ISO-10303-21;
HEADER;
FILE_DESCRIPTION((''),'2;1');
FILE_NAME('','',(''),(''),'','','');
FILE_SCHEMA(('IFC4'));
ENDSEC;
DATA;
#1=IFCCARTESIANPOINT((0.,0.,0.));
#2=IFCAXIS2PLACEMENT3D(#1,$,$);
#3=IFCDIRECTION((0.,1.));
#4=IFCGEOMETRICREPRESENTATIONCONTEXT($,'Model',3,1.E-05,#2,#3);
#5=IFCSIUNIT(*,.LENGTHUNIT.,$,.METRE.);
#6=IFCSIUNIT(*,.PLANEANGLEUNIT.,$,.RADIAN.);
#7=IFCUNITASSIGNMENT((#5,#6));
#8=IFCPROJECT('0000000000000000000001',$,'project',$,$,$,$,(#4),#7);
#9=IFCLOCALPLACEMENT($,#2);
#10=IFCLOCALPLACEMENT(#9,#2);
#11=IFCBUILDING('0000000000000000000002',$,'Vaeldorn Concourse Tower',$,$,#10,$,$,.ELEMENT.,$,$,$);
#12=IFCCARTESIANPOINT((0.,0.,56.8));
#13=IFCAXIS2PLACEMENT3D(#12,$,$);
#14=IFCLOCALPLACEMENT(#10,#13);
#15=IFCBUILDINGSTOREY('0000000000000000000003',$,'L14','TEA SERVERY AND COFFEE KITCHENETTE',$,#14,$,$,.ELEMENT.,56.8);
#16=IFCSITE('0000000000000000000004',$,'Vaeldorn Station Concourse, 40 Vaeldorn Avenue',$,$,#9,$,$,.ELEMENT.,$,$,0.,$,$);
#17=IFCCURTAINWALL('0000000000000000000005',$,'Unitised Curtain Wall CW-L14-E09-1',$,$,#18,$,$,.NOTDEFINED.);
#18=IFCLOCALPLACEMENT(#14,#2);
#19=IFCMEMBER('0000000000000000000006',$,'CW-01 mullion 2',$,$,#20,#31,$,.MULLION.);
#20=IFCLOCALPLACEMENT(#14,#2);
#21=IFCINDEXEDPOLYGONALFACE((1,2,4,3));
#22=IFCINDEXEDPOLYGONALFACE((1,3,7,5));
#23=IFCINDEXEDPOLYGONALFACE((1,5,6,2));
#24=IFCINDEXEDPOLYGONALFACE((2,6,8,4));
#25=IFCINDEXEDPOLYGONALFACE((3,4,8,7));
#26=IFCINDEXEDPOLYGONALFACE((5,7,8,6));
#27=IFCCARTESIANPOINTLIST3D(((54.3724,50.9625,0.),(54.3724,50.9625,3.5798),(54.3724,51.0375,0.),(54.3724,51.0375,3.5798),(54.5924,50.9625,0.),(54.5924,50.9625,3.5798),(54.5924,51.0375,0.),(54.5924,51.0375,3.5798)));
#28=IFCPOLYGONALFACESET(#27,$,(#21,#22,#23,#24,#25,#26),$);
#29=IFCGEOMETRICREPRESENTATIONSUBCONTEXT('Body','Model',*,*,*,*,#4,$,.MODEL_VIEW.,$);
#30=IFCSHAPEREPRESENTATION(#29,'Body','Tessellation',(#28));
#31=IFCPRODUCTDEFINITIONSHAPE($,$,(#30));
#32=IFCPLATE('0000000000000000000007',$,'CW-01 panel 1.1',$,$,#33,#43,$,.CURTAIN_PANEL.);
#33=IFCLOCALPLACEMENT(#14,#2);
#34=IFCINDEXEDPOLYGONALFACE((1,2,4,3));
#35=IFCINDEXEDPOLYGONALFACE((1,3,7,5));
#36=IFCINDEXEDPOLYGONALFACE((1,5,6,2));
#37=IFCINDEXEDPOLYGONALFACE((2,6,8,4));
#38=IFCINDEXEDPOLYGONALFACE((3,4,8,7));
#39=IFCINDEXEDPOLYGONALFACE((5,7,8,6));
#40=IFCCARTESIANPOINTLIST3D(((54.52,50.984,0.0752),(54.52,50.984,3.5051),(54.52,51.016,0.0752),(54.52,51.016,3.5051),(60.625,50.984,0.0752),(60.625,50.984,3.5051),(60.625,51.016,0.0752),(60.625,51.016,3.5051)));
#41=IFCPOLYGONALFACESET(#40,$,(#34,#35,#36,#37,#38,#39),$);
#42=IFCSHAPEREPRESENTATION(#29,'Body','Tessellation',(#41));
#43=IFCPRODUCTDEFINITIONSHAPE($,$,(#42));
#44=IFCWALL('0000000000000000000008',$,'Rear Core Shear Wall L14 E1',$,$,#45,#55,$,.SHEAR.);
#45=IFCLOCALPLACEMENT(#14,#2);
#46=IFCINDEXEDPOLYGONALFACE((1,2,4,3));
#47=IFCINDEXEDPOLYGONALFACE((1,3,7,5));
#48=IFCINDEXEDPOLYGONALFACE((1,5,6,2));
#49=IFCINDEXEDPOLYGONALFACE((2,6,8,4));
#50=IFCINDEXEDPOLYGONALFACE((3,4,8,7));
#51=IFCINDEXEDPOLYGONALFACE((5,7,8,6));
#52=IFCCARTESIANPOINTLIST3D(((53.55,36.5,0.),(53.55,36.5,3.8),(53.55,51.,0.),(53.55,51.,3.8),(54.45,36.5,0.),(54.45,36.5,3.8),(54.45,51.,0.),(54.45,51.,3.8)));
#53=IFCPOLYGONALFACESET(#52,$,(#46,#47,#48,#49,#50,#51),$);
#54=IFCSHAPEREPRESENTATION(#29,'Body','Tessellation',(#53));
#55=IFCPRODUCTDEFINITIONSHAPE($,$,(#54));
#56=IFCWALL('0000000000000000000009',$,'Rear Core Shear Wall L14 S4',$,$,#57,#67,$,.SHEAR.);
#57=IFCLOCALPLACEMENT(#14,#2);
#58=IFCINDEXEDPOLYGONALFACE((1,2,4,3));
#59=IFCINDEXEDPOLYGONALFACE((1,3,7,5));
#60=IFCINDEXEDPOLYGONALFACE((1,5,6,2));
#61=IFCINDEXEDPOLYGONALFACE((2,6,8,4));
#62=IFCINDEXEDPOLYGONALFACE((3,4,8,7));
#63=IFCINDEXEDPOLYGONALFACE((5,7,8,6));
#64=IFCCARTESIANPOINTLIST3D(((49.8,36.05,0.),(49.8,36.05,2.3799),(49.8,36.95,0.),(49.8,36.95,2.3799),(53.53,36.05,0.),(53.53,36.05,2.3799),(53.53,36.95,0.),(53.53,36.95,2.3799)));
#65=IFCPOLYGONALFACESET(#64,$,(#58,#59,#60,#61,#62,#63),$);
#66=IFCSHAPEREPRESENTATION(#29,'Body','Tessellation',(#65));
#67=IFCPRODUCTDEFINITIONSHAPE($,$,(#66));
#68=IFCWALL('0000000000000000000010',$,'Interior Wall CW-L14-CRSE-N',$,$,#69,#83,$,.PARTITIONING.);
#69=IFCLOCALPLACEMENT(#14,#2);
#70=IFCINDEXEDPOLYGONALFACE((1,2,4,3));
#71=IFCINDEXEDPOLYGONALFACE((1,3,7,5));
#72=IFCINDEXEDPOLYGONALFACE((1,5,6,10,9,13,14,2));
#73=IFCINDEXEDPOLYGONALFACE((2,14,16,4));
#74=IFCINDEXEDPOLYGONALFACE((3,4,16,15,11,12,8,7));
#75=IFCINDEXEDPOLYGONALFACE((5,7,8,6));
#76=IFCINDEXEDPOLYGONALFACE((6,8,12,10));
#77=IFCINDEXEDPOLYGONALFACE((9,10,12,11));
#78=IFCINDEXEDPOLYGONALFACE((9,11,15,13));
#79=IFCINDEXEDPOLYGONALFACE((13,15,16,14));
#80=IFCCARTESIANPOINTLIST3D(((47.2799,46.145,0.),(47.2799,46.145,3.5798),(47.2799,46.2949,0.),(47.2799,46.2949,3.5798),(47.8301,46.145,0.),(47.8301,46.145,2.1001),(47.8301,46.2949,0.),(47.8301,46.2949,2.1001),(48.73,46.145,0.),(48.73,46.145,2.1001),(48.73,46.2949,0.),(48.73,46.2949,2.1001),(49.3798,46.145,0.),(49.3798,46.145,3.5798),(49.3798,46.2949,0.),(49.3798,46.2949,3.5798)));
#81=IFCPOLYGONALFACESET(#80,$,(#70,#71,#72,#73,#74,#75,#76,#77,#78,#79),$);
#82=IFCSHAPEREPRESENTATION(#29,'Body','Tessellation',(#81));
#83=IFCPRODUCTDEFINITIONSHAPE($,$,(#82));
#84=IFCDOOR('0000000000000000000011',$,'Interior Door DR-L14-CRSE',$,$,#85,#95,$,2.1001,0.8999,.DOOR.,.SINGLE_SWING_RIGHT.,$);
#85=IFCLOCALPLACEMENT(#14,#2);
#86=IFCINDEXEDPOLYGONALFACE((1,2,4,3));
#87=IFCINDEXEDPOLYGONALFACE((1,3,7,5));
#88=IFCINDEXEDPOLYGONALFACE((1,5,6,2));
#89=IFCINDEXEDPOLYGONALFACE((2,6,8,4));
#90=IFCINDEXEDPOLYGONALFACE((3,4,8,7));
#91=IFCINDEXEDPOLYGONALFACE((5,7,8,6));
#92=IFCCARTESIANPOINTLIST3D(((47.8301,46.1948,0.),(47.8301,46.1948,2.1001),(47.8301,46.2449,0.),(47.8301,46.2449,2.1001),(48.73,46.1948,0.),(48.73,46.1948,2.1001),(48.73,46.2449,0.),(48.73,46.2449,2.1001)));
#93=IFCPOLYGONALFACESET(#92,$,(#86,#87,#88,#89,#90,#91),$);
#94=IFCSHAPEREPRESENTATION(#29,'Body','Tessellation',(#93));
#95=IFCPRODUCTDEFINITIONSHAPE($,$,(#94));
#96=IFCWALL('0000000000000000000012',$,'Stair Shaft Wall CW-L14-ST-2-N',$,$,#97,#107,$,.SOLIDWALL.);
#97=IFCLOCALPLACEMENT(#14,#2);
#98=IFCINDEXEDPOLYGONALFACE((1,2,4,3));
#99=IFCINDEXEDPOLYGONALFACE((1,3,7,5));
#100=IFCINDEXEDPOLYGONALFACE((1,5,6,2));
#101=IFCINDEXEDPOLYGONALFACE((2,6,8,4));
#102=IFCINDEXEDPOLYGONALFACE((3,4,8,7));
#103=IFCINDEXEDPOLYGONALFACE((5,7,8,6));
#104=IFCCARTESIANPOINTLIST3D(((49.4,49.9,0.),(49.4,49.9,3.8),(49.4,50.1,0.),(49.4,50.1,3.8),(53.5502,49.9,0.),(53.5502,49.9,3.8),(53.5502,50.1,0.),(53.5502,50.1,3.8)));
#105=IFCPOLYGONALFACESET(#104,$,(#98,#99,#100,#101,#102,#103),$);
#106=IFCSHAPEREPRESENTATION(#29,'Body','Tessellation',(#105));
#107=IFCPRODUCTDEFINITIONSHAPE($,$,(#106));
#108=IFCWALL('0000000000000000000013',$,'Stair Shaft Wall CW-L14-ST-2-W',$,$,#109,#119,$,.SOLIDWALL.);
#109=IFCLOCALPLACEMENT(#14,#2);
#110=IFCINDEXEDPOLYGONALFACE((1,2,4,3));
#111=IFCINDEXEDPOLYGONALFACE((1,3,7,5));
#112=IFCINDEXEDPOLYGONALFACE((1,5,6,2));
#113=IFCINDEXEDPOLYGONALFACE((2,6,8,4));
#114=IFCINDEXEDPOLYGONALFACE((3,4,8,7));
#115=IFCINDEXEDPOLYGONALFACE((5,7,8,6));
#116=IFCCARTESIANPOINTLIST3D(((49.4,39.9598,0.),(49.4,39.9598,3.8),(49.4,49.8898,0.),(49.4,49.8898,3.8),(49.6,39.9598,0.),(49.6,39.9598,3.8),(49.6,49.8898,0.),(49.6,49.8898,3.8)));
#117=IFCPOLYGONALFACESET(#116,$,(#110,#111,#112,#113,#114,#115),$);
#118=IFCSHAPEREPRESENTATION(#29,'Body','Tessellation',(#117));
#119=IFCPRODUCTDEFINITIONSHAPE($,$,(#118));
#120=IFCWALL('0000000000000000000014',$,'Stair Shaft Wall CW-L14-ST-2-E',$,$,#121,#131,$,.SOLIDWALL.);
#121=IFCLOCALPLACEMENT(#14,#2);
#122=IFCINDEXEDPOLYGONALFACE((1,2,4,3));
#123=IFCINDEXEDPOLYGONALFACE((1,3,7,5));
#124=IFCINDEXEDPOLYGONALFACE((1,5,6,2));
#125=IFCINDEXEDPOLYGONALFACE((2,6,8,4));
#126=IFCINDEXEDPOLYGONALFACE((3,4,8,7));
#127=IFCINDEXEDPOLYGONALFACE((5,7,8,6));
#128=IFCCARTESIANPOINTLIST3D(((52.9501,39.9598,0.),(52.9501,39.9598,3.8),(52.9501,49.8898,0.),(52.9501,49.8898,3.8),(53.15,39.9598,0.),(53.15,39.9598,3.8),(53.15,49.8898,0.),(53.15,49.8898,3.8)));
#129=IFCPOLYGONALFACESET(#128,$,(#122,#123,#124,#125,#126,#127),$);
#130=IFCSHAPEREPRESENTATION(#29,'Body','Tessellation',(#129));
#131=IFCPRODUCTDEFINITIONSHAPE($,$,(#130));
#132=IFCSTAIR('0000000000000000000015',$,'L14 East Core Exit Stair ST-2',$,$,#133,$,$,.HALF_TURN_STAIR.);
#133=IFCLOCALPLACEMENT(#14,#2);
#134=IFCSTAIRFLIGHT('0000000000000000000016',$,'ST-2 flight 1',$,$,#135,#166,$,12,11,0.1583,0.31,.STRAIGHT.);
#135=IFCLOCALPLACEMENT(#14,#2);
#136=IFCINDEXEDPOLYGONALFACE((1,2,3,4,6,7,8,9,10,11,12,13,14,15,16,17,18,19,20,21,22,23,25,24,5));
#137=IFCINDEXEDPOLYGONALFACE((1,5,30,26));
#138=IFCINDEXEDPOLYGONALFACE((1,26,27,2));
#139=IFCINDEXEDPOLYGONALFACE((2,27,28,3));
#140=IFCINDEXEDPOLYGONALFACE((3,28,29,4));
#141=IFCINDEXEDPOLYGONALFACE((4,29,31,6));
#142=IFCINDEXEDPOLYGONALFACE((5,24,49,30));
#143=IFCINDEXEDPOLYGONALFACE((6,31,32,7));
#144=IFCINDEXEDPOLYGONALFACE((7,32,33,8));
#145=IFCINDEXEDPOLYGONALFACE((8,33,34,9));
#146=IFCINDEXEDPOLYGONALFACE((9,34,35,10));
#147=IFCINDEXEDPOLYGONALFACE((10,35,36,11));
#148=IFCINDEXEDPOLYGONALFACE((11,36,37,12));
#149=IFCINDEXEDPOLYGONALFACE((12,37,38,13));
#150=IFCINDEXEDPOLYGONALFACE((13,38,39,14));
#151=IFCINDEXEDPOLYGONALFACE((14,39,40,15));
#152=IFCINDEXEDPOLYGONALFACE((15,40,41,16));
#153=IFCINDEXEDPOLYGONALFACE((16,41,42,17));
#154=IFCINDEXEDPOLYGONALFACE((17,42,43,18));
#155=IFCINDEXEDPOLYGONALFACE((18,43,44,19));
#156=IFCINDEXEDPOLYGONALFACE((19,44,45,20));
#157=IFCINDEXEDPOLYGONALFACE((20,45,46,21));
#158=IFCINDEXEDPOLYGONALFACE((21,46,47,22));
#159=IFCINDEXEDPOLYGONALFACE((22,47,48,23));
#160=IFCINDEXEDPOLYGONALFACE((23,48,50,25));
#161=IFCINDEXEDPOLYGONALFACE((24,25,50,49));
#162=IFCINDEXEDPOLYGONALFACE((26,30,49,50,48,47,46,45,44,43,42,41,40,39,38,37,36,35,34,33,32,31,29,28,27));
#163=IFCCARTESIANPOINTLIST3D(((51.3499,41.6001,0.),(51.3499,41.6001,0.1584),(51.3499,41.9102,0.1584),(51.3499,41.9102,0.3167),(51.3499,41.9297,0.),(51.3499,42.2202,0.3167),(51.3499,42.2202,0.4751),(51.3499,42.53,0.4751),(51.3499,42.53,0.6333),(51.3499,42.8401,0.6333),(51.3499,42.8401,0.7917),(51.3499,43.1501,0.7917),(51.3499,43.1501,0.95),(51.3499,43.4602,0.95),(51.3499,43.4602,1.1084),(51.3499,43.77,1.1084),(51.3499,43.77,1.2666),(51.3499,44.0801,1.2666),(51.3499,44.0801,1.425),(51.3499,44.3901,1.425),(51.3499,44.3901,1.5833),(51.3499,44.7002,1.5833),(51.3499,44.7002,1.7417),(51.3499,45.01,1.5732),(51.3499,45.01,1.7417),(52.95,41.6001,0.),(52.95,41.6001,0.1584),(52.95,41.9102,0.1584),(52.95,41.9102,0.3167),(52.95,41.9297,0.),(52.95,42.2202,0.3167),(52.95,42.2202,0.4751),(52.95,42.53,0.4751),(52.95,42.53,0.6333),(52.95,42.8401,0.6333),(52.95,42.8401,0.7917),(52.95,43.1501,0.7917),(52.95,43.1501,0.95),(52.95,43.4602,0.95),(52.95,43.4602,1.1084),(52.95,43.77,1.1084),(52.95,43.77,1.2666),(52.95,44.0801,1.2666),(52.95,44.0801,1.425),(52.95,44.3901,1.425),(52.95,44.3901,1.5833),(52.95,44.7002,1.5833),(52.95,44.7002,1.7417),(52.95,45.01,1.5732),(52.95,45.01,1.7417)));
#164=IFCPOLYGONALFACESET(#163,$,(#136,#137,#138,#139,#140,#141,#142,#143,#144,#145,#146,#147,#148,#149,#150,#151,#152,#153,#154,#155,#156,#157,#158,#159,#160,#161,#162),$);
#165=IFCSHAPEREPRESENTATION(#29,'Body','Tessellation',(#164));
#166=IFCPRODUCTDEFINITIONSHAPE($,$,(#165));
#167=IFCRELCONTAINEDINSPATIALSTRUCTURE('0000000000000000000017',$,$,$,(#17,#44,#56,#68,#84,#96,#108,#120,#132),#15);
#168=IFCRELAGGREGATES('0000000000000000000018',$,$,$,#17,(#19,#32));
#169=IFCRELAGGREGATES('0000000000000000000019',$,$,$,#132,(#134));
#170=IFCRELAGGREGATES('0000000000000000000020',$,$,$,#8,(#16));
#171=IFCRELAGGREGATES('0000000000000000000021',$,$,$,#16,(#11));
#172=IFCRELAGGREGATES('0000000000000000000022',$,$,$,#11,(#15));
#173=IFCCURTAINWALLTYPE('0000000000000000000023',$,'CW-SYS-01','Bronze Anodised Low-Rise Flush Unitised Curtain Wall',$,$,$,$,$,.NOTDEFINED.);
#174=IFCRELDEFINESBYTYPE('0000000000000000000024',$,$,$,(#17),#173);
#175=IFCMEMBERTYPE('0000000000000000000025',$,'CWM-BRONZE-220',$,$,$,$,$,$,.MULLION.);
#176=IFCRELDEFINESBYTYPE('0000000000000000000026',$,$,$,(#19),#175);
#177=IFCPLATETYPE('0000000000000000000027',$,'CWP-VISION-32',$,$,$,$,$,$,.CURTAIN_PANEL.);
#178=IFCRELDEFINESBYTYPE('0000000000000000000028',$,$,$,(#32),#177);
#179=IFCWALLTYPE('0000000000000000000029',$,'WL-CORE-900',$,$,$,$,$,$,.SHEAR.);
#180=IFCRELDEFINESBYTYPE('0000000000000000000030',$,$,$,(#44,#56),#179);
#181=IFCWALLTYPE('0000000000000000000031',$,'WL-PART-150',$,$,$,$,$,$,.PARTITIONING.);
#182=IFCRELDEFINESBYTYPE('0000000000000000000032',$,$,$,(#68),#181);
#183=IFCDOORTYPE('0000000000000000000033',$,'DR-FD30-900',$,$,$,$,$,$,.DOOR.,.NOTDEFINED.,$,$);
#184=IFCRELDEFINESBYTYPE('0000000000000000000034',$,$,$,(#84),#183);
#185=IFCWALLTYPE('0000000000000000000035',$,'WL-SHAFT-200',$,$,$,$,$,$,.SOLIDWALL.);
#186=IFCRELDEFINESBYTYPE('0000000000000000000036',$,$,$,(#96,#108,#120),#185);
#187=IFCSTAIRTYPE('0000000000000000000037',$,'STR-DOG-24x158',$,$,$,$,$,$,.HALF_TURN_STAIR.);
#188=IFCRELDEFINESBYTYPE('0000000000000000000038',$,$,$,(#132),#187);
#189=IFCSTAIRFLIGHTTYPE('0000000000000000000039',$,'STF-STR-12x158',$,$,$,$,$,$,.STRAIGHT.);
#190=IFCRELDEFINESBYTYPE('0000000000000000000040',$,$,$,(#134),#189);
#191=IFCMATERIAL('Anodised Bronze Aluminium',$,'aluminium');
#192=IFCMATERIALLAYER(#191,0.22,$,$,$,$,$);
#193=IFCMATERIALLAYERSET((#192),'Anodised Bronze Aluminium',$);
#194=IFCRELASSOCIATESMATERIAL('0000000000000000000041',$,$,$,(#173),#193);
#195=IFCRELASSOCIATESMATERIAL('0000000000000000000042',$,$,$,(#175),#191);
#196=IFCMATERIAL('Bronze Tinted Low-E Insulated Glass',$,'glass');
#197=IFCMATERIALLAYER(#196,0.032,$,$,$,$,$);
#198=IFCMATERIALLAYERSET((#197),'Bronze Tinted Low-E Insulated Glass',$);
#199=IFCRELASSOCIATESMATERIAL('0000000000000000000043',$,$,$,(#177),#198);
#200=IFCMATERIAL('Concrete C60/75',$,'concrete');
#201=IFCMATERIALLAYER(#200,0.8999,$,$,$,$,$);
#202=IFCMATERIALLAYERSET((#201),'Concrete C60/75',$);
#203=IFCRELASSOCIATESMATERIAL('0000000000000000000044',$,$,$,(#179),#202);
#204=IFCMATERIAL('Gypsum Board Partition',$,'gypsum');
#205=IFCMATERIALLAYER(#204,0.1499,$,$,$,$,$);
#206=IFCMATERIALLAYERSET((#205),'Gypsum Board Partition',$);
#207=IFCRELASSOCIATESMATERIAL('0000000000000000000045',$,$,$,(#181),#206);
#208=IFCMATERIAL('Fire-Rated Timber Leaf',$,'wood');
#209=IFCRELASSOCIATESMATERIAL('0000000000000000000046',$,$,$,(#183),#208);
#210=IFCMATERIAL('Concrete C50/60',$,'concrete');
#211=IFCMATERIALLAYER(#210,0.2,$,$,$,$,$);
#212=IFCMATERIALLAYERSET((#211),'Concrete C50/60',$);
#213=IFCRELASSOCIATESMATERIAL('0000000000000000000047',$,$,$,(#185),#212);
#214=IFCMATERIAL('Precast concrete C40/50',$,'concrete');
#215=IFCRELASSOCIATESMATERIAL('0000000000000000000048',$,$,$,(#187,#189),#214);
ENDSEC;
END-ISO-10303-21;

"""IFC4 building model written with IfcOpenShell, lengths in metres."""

from ifc_helpers import new_model, si_unit, direction, frame, frame_2d, origin, origin_2d, place, context, subcontext, project, spatial, polyline, rectangle, outline, extrude, source, transform, mapped, material, layer, layer_set, material_profile, profile_set, type_object, element, fill, aggregate, save


model = new_model("IFC4")

# Units and contexts
model_context = context("Model", 3, precision=1e-05, world=origin(), true_north=direction((0.0, 1.0)))
body_context = subcontext(model_context, "Body", "Model", "MODEL_VIEW")
ifc_project = project(units=[si_unit("LENGTHUNIT", "METRE"), si_unit("PLANEANGLEUNIT", "RADIAN")], contexts=[model_context])

# Site, building, storey
site_placement = place(None, origin())
site = spatial("IfcSite", under=ifc_project, at=site_placement, Name="Vaeldorn Station Concourse, 40 Vaeldorn Avenue", CompositionType="ELEMENT", RefElevation=0.0)
building_placement = place(site_placement, origin())
building = spatial("IfcBuilding", under=site, at=building_placement, Name="Vaeldorn Concourse Tower", CompositionType="ELEMENT")
storey_placement = place(building_placement, frame((0.0, 0.0, 56.8)))
storey = spatial("IfcBuildingStorey", under=building, at=storey_placement, Name="L14", Description="TEA SERVERY AND COFFEE KITCHENETTE", CompositionType="ELEMENT", Elevation=56.8)

# Shared definitions
ifc_material_1 = material(Name="Concrete C60/75", Category="concrete")

# Curtain wall, member, plate
ifc_material_2 = material(Name="Anodised Bronze Aluminium", Category="aluminium")
ifc_layer_1 = layer(ifc_material_2, 0.22)
ifc_layer_set_1 = layer_set([ifc_layer_1], Name="Anodised Bronze Aluminium")
curtain_wall_type = type_object("IfcCurtainWallType", Name="CW-SYS-01", Description="Bronze Anodised Low-Rise Flush Unitised Curtain Wall", PredefinedType="NOTDEFINED", material=ifc_layer_set_1)
curtain_wall_placement = place(storey_placement, origin())
curtain_wall = element("IfcCurtainWall", 1, at=curtain_wall_placement, inside=storey, type_object=curtain_wall_type, Name="Unitised Curtain Wall CW-L14-E09-1", PredefinedType="NOTDEFINED")
ifc_material_profile_1 = material_profile(ifc_material_2, rectangle(XDim=0.075, YDim=0.22, at=origin_2d()), Name="CWM 75x220")
ifc_profile_set_1 = profile_set([ifc_material_profile_1], Name="Anodised Bronze Aluminium")
member_type = type_object("IfcMemberType", Name="CWM-BRONZE-220", PredefinedType="MULLION", material=ifc_profile_set_1)
shared_shape_1 = source(origin(), body_context, "Body", "SweptSolid", [
    extrude(rectangle(XDim=0.075, YDim=0.22, at=origin_2d()), origin(), (0.0, 0.0, 1.0), 3.5798),
])
member_placement = place(storey_placement, frame((54.4824, 51.0, 0.0), z_axis=(0.0, 0.0, 1.0), x_axis=(0.0, -1.0, 0.0)))
member = element("IfcMember", 2, at=member_placement, type_object=member_type, Name="CW-01 mullion 2", PredefinedType="MULLION", context=body_context, shape_type="MappedRepresentation", body=[
    mapped(shared_shape_1, transform((0.0, 0.0, 0.0), scale=1.0)),
])
ifc_material_3 = material(Name="Bronze Tinted Low-E Insulated Glass", Category="glass")
ifc_layer_2 = layer(ifc_material_3, 0.032)
ifc_layer_set_2 = layer_set([ifc_layer_2], Name="Bronze Tinted Low-E Insulated Glass")
plate_type = type_object("IfcPlateType", Name="CWP-VISION-32", PredefinedType="CURTAIN_PANEL", material=ifc_layer_set_2)
shared_shape_2 = source(origin(), body_context, "Body", "SweptSolid", [
    extrude(rectangle(XDim=6.105, YDim=0.032, at=origin_2d()), origin(), (0.0, 0.0, 1.0), 3.4299),
])
plate_placement = place(storey_placement, frame((57.5725, 51.0, 0.0752), z_axis=(0.0, 0.0, 1.0), x_axis=(-1.0, 0.0, 0.0)))
plate = element("IfcPlate", 3, at=plate_placement, type_object=plate_type, Name="CW-01 panel 1.1", PredefinedType="CURTAIN_PANEL", context=body_context, shape_type="MappedRepresentation", body=[
    mapped(shared_shape_2, transform((0.0, 0.0, 0.0), scale=1.0)),
])
aggregate(curtain_wall, [member, plate])

# Walls
ifc_layer_3 = layer(ifc_material_1, 0.8999)
ifc_layer_set_3 = layer_set([ifc_layer_3], Name="Concrete C60/75")
wall_type_1 = type_object("IfcWallType", Name="WL-CORE-900", PredefinedType="SHEAR", material=ifc_layer_set_3)
wall_1_placement = place(storey_placement, frame((54.0, 36.5, 0.0), z_axis=(0.0, 0.0, 1.0), x_axis=(0.0, 1.0, 0.0)))
element("IfcWall", 4, at=wall_1_placement, inside=storey, type_object=wall_type_1, Name="Rear Core Shear Wall L14 E1", PredefinedType="SHEAR", context=body_context, shape_type="SweptSolid", body=[
    extrude(rectangle(XDim=14.5, YDim=0.8999, at=frame_2d((7.25, 0.0))), origin(), (0.0, 0.0, 1.0), 3.8),
])
wall_2_placement = place(storey_placement, frame((49.8, 36.5, 0.0), z_axis=(0.0, 0.0, 1.0), x_axis=(1.0, 0.0, 0.0)))
element("IfcWall", 5, at=wall_2_placement, inside=storey, type_object=wall_type_1, Name="Rear Core Shear Wall L14 S4", PredefinedType="SHEAR", context=body_context, shape_type="SweptSolid", body=[
    extrude(rectangle(XDim=3.73, YDim=0.8999, at=frame_2d((1.865, 0.0))), origin(), (0.0, 0.0, 1.0), 2.3799),
])

# Wall, opening, door
ifc_material_4 = material(Name="Gypsum Board Partition", Category="gypsum")
ifc_layer_4 = layer(ifc_material_4, 0.1499)
ifc_layer_set_4 = layer_set([ifc_layer_4], Name="Gypsum Board Partition")
wall_type_2 = type_object("IfcWallType", Name="WL-PART-150", PredefinedType="PARTITIONING", material=ifc_layer_set_4)
wall_3_placement = place(storey_placement, frame((47.28, 46.22, 0.0), z_axis=(0.0, 0.0, 1.0), x_axis=(1.0, 0.0, 0.0)))
wall_3 = element("IfcWall", 6, at=wall_3_placement, inside=storey, type_object=wall_type_2, Name="Interior Wall CW-L14-CRSE-N", PredefinedType="PARTITIONING", context=body_context, shape_type="SweptSolid", body=[
    extrude(rectangle(XDim=2.0999, YDim=0.1499, at=frame_2d((1.0498, 0.0))), origin(), (0.0, 0.0, 1.0), 3.5798),
])
opening_1_placement = place(wall_3_placement, frame((0.55, 0.0, 0.0)))
opening_1 = element("IfcOpeningElement", 7, at=opening_1_placement, cuts=wall_3, PredefinedType="OPENING", context=body_context, shape_type="SweptSolid", body=[
    extrude(rectangle(XDim=0.8999, YDim=2.1001, at=frame_2d((0.45, 1.05))), frame((0.0, 0.085, 0.0), z_axis=(0.0, -1.0, 0.0), x_axis=(1.0, 0.0, 0.0)), (0.0, 0.0, 1.0), 0.1699),
])
ifc_material_5 = material(Name="Fire-Rated Timber Leaf", Category="wood")
door_type_1 = type_object("IfcDoorType", Name="DR-FD30-900", OperationType="NOTDEFINED", PredefinedType="DOOR", material=ifc_material_5)
shared_shape_3 = source(origin(), body_context, "Body", "SweptSolid", [
    extrude(rectangle(XDim=0.8999, YDim=2.1001, at=frame_2d((0.45, 1.05))), frame((0.0, 0.0249, 0.0), z_axis=(0.0, -1.0, 0.0), x_axis=(1.0, 0.0, 0.0)), (0.0, 0.0, 1.0), 0.05),
])
door_1_placement = place(opening_1_placement, origin())
door_1 = element("IfcDoor", 8, at=door_1_placement, inside=storey, type_object=door_type_1, Name="Interior Door DR-L14-CRSE", OperationType="SINGLE_SWING_RIGHT", OverallHeight=2.1001, OverallWidth=0.8999, PredefinedType="DOOR", context=body_context, shape_type="MappedRepresentation", body=[
    mapped(shared_shape_3, transform((0.0, 0.0, 0.0), scale=1.0)),
])
fill(opening_1, door_1)
ifc_material_6 = material(Name="Concrete C50/60", Category="concrete")
ifc_layer_5 = layer(ifc_material_6, 0.2)
ifc_layer_set_5 = layer_set([ifc_layer_5], Name="Concrete C50/60")
wall_type_3 = type_object("IfcWallType", Name="WL-SHAFT-200", PredefinedType="SOLIDWALL", material=ifc_layer_set_5)

# Walls
wall_4_placement = place(storey_placement, frame((49.3999, 50.0, 0.0), z_axis=(0.0, 0.0, 1.0), x_axis=(1.0, 0.0, 0.0)))
element("IfcWall", 9, at=wall_4_placement, inside=storey, type_object=wall_type_3, Name="Stair Shaft Wall CW-L14-ST-2-N", PredefinedType="SOLIDWALL", context=body_context, shape_type="SweptSolid", body=[
    extrude(rectangle(XDim=4.1501, YDim=0.2, at=frame_2d((2.0752, 0.0))), origin(), (0.0, 0.0, 1.0), 3.8),
])
for number, where, z_axis, x_axis, name in (
    (10, (49.5, 39.96, 0.0), (0.0, 0.0, 1.0), (0.0, 1.0, 0.0), "Stair Shaft Wall CW-L14-ST-2-W"),
    (11, (53.05, 39.96, 0.0), (0.0, 0.0, 1.0), (0.0, 1.0, 0.0), "Stair Shaft Wall CW-L14-ST-2-E"),
):
    element("IfcWall", number, at=place(storey_placement, frame(where, z_axis=z_axis, x_axis=x_axis)), inside=storey, type_object=wall_type_3, Name=name, PredefinedType="SOLIDWALL", context=body_context, shape_type="SweptSolid", body=[
        extrude(rectangle(XDim=9.9299, YDim=0.2, at=frame_2d((4.9648, 0.0))), origin(), (0.0, 0.0, 1.0), 3.8),
    ])

# Stair, stair flight
ifc_material_7 = material(Name="Precast concrete C40/50", Category="concrete")
stair_type = type_object("IfcStairType", Name="STR-DOG-24x158", PredefinedType="HALF_TURN_STAIR", material=ifc_material_7)
stair_placement = place(storey_placement, origin())
stair = element("IfcStair", 12, at=stair_placement, inside=storey, type_object=stair_type, Name="L14 East Core Exit Stair ST-2", PredefinedType="HALF_TURN_STAIR")
stair_flight_type = type_object("IfcStairFlightType", Name="STF-STR-12x158", PredefinedType="STRAIGHT", material=ifc_material_7)
stair_flight_1_placement = place(storey_placement, frame((52.1499, 41.6001, 0.0), z_axis=(0.0, 0.0, 1.0), x_axis=(0.0, 1.0, 0.0)))
stair_flight_1 = element("IfcStairFlight", 13, at=stair_flight_1_placement, type_object=stair_flight_type, Name="ST-2 flight 1", NumberOfRisers=12, NumberOfTreads=11, PredefinedType="STRAIGHT", RiserHeight=0.1583, TreadLength=0.31, context=body_context, shape_type="SweptSolid", body=[
    extrude(outline(polyline([(0.0, 0.0), (0.0, 0.1584), (0.3101, 0.1584), (0.3101, 0.3167), (0.6201, 0.3167), (0.6201, 0.4751), (0.9299, 0.4751), (0.9299, 0.6333), (1.24, 0.6333), (1.24, 0.7917), (1.55, 0.7917), (1.55, 0.95), (1.8601, 0.95), (1.8601, 1.1084), (2.1699, 1.1084), (2.1699, 1.2666), (2.48, 1.2666), (2.48, 1.425), (2.79, 1.425), (2.79, 1.5833), (3.1001, 1.5833), (3.1001, 1.7417), (3.4099, 1.7417), (3.4099, 1.8999), (3.4099, 1.5732), (0.3296, 0.0), (0.0, 0.0)])), frame((0.0, 0.8, 0.0), z_axis=(0.0, -1.0, 0.0), x_axis=(1.0, 0.0, 0.0)), (0.0, 0.0, 1.0), 1.6001),
])
aggregate(stair, [stair_flight_1])

save(model, "model.ifc")
